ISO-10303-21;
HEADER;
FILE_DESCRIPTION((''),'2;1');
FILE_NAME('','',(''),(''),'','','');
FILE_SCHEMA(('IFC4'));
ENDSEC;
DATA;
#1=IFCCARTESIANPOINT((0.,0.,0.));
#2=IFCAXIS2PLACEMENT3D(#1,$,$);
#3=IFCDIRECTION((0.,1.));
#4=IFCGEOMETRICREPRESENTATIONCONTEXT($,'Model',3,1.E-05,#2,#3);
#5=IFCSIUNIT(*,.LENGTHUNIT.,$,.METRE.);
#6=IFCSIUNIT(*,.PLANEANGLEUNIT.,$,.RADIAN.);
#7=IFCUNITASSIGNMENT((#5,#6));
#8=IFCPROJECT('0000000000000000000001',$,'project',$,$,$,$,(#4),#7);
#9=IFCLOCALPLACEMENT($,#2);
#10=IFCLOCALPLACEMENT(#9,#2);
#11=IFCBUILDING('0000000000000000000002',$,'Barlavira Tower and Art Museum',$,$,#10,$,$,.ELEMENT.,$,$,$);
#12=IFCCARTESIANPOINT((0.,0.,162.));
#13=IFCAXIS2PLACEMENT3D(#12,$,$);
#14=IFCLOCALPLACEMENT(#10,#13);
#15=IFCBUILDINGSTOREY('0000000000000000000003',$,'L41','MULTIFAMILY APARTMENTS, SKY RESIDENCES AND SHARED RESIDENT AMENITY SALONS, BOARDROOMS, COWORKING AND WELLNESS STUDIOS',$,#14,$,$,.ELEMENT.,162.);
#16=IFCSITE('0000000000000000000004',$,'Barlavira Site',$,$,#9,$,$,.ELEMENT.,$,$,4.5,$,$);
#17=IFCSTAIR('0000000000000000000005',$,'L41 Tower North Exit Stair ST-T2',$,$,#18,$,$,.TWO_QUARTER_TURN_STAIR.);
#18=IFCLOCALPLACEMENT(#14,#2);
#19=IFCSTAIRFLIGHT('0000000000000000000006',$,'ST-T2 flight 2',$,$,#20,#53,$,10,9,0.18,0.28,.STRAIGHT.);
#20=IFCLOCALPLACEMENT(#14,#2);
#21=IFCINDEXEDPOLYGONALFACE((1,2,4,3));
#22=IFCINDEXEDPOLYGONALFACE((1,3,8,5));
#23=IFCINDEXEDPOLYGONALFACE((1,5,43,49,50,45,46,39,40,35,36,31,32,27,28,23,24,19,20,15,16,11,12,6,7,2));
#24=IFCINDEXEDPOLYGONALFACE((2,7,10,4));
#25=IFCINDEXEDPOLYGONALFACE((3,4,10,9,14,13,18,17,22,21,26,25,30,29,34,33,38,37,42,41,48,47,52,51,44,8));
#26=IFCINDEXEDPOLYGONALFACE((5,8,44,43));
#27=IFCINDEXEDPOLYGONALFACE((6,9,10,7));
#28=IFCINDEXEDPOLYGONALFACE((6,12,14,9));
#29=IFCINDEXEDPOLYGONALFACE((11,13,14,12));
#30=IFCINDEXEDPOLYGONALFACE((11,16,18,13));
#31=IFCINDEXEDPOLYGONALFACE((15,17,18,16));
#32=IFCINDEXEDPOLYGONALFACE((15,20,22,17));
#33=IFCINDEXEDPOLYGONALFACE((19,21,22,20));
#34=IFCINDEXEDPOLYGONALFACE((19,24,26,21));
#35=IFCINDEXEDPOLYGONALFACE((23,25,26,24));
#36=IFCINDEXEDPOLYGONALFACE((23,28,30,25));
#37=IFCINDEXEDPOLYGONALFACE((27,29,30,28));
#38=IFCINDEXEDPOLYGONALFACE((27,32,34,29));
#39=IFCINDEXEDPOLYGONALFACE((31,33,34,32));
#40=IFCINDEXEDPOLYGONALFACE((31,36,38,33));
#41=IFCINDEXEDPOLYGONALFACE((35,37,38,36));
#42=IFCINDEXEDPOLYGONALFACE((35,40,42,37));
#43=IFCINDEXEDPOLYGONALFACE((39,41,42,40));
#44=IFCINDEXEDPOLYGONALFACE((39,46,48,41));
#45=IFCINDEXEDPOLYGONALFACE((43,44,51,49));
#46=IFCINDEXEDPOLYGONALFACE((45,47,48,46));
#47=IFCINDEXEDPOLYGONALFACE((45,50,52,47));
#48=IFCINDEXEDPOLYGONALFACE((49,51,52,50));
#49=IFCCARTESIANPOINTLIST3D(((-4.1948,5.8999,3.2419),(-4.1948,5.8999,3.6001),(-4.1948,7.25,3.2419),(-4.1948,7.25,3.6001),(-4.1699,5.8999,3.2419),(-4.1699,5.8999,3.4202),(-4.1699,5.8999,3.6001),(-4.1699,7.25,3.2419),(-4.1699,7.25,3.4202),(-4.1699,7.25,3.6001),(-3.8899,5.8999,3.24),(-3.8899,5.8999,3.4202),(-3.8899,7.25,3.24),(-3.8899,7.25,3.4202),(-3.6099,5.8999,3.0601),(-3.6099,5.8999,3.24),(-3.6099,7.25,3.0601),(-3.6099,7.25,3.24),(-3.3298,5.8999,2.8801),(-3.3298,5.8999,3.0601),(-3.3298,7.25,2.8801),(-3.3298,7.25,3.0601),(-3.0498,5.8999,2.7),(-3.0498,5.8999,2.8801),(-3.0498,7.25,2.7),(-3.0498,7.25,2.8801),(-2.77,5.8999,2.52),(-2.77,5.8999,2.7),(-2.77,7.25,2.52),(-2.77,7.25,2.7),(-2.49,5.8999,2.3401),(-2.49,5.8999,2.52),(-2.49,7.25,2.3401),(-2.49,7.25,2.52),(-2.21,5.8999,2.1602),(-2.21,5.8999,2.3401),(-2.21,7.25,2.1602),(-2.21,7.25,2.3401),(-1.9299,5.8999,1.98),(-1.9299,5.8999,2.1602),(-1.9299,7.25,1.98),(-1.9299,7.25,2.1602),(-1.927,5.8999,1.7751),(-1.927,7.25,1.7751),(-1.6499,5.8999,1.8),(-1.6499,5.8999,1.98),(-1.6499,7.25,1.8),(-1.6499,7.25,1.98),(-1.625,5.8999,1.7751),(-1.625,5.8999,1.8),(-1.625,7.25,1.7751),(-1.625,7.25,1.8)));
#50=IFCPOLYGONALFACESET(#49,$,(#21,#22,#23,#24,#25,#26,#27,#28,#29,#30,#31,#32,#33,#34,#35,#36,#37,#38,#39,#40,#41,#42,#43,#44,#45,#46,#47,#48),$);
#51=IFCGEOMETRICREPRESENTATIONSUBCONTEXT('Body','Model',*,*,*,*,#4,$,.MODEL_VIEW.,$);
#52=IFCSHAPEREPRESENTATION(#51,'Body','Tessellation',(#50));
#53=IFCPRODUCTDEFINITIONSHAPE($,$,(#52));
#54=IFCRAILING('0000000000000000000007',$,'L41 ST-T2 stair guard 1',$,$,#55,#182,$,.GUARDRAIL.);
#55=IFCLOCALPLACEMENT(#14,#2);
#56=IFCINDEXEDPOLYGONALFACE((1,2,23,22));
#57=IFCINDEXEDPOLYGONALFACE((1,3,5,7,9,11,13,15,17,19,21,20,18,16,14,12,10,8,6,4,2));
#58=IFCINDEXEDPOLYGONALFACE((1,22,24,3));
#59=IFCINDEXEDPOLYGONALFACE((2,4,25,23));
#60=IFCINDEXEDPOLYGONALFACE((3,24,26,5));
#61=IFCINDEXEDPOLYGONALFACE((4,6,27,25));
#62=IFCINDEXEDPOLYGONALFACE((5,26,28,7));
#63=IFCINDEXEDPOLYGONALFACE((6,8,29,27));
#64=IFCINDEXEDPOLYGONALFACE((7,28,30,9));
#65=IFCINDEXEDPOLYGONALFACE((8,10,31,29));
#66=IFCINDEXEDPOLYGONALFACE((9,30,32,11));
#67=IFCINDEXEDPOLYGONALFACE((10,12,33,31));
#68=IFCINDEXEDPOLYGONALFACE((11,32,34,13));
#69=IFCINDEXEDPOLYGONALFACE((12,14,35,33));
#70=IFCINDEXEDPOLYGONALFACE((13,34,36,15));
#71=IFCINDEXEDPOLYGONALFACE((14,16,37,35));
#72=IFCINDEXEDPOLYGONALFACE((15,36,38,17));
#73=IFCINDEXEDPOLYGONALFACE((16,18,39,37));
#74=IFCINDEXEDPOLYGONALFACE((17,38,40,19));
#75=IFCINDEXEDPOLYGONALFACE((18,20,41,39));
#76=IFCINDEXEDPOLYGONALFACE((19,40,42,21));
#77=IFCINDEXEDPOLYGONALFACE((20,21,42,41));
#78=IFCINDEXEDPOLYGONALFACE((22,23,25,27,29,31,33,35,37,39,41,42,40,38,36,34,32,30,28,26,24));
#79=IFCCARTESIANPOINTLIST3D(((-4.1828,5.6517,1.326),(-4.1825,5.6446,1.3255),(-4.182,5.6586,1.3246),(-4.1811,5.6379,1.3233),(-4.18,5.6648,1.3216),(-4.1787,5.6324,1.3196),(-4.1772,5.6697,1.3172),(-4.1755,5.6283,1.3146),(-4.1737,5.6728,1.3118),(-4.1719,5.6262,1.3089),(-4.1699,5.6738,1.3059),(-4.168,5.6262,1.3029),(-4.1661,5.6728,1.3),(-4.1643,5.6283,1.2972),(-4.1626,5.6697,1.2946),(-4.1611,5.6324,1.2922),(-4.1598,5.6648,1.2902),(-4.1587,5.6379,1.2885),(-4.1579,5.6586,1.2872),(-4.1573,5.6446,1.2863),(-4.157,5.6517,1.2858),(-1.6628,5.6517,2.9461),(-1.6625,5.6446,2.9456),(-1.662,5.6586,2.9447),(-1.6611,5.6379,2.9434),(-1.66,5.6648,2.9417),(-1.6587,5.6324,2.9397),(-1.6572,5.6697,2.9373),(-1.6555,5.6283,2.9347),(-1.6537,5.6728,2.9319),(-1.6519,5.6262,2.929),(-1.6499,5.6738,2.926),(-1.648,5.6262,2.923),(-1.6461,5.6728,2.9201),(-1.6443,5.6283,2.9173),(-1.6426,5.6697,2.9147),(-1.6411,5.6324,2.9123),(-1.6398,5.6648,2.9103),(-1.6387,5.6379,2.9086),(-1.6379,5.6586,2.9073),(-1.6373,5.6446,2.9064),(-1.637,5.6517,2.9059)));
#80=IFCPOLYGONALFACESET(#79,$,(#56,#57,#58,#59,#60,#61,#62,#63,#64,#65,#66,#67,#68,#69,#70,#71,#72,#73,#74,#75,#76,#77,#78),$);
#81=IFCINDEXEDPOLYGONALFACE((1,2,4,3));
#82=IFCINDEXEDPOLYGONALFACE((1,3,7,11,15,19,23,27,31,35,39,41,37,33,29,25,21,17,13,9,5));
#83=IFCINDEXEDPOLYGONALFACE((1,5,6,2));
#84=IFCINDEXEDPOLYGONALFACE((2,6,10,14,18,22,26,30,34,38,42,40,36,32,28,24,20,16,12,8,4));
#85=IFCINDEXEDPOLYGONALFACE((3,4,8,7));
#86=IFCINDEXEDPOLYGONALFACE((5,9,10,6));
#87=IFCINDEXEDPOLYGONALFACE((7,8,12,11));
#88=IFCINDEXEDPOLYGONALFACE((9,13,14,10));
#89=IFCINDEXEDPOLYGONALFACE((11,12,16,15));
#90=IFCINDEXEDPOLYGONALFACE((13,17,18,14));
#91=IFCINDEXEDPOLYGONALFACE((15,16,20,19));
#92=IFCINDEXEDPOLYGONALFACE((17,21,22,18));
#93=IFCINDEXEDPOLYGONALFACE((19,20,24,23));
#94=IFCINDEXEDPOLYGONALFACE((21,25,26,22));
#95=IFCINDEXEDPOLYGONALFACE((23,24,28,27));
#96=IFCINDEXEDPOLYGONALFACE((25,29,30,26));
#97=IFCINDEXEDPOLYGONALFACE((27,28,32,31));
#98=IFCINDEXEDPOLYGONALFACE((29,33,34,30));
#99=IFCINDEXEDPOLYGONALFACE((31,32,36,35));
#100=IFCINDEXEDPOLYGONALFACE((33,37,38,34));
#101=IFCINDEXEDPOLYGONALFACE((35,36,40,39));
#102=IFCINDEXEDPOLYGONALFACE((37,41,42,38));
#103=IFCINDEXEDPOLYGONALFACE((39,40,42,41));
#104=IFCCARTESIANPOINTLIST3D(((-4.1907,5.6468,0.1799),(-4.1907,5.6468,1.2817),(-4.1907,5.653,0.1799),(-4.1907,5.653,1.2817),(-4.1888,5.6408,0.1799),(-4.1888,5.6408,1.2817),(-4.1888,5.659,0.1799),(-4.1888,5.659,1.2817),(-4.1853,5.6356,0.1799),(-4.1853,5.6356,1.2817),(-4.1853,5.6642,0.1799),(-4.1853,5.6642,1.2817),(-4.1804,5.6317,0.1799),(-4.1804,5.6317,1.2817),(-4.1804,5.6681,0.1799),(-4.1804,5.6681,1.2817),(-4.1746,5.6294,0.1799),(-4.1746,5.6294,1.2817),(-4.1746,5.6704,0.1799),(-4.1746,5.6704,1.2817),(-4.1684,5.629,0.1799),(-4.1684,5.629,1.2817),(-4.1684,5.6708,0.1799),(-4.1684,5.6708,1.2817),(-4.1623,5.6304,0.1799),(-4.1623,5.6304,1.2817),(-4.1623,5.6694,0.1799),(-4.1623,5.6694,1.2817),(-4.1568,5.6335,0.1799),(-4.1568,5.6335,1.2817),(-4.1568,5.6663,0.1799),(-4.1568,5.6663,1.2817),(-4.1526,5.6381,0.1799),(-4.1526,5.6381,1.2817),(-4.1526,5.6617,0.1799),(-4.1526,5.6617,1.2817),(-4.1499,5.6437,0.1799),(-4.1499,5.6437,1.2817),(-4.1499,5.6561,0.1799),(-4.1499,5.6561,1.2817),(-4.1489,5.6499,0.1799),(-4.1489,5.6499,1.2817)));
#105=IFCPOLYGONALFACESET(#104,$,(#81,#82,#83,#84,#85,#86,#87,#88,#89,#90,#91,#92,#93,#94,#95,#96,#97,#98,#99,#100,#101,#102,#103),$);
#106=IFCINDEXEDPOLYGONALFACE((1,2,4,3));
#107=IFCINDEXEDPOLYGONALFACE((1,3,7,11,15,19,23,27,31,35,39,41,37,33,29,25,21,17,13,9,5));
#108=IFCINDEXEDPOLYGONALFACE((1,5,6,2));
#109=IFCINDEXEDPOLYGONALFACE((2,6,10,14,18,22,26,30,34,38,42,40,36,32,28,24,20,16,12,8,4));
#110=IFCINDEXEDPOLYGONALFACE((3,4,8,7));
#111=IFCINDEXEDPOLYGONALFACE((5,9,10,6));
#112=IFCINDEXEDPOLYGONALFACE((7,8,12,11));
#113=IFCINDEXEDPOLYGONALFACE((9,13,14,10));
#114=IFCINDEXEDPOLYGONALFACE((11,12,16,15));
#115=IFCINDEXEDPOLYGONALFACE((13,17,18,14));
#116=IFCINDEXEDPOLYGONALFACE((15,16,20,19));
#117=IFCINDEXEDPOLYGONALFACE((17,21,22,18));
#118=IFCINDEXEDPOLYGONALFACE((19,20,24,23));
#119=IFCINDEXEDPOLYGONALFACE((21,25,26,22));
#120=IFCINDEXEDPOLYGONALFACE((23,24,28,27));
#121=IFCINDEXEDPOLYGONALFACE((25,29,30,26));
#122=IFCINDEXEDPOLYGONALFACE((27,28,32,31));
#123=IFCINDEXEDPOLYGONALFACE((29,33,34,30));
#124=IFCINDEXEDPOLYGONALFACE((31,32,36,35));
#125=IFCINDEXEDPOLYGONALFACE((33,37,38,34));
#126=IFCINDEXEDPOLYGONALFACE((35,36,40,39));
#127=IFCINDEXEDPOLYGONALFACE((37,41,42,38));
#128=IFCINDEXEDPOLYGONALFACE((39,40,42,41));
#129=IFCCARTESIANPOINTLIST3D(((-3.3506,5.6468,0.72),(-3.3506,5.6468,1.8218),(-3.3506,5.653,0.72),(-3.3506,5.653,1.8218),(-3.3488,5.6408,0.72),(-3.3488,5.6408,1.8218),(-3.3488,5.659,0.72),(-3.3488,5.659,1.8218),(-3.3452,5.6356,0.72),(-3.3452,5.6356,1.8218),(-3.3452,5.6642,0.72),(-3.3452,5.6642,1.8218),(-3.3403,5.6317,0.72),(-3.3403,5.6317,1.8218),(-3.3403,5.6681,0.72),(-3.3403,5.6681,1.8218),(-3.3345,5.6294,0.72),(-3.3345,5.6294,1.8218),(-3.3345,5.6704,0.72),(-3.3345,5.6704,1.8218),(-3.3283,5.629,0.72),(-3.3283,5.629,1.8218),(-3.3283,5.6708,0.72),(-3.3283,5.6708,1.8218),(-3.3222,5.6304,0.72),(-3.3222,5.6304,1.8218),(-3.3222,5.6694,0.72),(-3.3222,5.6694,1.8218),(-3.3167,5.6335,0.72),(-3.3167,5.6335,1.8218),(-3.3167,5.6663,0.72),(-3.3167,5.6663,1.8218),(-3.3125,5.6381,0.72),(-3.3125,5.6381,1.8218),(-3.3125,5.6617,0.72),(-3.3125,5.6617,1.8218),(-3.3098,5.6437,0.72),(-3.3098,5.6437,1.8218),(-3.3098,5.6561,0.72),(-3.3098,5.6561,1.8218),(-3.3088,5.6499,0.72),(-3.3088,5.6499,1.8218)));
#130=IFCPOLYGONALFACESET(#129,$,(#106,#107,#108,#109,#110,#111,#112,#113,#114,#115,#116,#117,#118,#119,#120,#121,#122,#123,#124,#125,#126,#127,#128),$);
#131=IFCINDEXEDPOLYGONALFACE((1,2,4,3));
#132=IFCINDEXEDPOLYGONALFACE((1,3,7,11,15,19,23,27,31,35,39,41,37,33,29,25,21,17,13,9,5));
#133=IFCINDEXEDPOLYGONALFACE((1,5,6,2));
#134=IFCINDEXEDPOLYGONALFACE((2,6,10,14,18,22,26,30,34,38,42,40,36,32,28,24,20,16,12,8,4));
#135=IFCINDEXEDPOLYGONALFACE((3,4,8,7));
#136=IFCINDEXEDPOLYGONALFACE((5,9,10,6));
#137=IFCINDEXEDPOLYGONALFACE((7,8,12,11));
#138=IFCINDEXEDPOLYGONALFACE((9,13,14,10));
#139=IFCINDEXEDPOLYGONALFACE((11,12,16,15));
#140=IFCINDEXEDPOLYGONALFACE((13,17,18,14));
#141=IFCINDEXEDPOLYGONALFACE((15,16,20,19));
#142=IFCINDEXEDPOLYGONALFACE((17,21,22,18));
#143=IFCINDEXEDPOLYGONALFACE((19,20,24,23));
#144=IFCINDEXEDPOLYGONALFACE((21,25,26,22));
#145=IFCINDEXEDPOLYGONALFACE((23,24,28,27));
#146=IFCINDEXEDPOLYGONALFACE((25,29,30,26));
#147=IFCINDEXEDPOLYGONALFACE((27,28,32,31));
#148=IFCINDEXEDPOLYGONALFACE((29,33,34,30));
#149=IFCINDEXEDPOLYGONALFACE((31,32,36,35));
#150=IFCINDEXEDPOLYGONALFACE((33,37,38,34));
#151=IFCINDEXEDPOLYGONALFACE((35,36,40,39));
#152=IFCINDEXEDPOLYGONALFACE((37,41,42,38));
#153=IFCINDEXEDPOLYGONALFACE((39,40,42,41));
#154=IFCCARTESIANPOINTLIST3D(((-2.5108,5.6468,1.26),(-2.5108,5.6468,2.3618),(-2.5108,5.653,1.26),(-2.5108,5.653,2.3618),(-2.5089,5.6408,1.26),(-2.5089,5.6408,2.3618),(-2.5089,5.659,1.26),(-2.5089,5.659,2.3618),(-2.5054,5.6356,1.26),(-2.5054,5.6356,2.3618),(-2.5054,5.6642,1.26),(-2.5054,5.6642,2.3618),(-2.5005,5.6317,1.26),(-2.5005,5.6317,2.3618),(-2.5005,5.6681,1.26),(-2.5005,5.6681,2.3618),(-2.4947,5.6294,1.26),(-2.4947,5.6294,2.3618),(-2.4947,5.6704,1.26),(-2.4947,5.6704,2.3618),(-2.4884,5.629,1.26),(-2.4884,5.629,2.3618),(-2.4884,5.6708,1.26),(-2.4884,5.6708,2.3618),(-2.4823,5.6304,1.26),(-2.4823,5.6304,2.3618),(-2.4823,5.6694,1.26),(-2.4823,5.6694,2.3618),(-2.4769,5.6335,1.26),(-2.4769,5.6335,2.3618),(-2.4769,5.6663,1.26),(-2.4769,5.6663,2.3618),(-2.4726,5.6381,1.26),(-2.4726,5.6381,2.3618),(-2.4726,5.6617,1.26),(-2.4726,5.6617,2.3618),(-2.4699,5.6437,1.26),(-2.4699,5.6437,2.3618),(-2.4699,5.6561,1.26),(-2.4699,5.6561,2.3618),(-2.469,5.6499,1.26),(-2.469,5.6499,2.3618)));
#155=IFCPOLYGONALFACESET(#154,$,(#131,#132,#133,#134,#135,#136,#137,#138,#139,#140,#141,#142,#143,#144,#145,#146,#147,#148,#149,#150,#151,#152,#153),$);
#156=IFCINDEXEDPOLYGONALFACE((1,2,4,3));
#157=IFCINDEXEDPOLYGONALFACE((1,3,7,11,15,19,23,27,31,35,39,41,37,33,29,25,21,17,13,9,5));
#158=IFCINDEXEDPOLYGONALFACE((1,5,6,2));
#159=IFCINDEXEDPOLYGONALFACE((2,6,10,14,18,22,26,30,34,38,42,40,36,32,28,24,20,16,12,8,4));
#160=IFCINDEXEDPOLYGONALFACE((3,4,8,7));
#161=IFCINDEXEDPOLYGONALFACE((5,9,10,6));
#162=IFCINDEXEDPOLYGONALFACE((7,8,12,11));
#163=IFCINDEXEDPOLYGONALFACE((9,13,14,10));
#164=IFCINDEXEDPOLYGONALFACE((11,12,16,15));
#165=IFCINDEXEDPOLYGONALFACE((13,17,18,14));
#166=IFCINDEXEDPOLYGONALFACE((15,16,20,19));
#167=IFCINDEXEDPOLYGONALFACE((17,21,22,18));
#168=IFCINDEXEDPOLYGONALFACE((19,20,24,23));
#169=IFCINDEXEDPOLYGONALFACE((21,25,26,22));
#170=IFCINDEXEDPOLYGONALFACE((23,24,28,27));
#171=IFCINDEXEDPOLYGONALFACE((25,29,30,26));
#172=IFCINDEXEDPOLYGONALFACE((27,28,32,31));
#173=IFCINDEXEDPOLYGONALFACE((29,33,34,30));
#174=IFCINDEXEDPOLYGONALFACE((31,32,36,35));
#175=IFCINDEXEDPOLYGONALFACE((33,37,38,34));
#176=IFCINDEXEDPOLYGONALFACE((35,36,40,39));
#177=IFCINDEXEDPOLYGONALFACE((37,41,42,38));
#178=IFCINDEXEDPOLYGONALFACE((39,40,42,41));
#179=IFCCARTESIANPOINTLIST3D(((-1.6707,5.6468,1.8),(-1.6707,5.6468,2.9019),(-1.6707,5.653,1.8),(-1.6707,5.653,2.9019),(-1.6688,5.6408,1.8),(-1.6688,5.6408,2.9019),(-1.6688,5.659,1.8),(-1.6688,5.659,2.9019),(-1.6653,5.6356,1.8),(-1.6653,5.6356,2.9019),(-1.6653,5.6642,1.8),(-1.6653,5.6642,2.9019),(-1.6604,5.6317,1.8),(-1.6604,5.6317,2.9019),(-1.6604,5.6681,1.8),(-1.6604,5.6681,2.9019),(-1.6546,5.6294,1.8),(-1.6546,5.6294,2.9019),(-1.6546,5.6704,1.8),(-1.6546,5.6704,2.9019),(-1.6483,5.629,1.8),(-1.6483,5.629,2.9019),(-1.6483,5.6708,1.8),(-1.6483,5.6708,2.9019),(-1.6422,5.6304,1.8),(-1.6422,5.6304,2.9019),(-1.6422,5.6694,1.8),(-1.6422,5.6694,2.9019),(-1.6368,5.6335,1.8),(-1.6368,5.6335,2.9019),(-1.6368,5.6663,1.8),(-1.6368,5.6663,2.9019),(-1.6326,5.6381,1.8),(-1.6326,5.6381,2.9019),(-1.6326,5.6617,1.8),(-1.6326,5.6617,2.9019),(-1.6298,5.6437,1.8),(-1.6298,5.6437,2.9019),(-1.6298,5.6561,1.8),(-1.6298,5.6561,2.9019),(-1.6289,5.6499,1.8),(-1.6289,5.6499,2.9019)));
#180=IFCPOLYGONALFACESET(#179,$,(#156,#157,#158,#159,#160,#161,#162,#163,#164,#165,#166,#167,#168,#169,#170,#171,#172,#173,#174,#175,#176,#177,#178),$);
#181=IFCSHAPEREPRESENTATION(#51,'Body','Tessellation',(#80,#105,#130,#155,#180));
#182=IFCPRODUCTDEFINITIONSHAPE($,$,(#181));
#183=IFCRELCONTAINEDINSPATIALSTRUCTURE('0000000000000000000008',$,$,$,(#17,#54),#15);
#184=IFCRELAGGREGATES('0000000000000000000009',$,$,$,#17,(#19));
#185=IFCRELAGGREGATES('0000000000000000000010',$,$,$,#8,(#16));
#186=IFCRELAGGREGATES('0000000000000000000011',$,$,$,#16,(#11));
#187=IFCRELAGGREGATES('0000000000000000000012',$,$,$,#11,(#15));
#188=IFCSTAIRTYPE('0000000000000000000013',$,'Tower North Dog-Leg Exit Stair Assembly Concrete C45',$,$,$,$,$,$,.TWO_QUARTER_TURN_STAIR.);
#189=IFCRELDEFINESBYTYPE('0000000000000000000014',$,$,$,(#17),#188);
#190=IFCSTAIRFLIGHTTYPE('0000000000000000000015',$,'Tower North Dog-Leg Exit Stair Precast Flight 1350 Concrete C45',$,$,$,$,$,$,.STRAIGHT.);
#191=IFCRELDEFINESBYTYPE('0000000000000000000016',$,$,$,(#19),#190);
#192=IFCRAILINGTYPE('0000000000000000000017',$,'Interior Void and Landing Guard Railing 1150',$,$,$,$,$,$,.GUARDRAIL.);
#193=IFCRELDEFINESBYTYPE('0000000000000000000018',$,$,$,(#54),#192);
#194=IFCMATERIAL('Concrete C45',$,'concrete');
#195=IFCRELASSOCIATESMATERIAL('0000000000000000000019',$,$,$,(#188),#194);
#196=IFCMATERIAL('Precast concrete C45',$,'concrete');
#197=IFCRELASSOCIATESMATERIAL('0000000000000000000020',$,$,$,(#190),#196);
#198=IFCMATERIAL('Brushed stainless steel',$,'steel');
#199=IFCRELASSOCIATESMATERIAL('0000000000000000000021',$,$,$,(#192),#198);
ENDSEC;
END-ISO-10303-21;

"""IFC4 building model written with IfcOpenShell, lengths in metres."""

from ifc_helpers import new_model, si_unit, direction, frame, origin, origin_2d, place, context, subcontext, project, spatial, polyline, circle, outline, extrude, material, type_object, element, aggregate, save


model = new_model("IFC4")

# Units and contexts
model_context = context("Model", 3, precision=1e-05, world=origin(), true_north=direction((0.0, 1.0)))
body_context = subcontext(model_context, "Body", "Model", "MODEL_VIEW")
ifc_project = project(units=[si_unit("LENGTHUNIT", "METRE"), si_unit("PLANEANGLEUNIT", "RADIAN")], contexts=[model_context])

# Site, building, storey
site_placement = place(None, origin())
site = spatial("IfcSite", under=ifc_project, at=site_placement, Name="Barlavira Site", CompositionType="ELEMENT", RefElevation=4.5)
building_placement = place(site_placement, origin())
building = spatial("IfcBuilding", under=site, at=building_placement, Name="Barlavira Tower and Art Museum", CompositionType="ELEMENT")
storey_placement = place(building_placement, frame((0.0, 0.0, 162.0)))
storey = spatial("IfcBuildingStorey", under=building, at=storey_placement, Name="L41", Description="MULTIFAMILY APARTMENTS, SKY RESIDENCES AND SHARED RESIDENT AMENITY SALONS, BOARDROOMS, COWORKING AND WELLNESS STUDIOS", CompositionType="ELEMENT", Elevation=162.0)

# Stair
ifc_material_1 = material(Name="Concrete C45", Category="concrete")
stair_type_1 = type_object("IfcStairType", Name="Tower North Dog-Leg Exit Stair Assembly Concrete C45", PredefinedType="TWO_QUARTER_TURN_STAIR", material=ifc_material_1)
stair_1_placement = place(storey_placement, origin())
stair_1 = element("IfcStair", 1, at=stair_1_placement, inside=storey, type_object=stair_type_1, Name="L41 Tower North Exit Stair ST-T2", PredefinedType="TWO_QUARTER_TURN_STAIR")

# Shared definitions
ifc_material_2 = material(Name="Brushed stainless steel", Category="steel")

# Stair flight
ifc_material_3 = material(Name="Precast concrete C45", Category="concrete")
stair_flight_type = type_object("IfcStairFlightType", Name="Tower North Dog-Leg Exit Stair Precast Flight 1350 Concrete C45", PredefinedType="STRAIGHT", material=ifc_material_3)
stair_flight_1_placement = place(storey_placement, frame((-1.6499, 6.575, 1.8), z_axis=(0.0, 0.0, 1.0), x_axis=(-1.0, 0.0, 0.0)))
stair_flight_1 = element("IfcStairFlight", 2, at=stair_flight_1_placement, type_object=stair_flight_type, Name="ST-T2 flight 2", NumberOfRisers=10, NumberOfTreads=9, PredefinedType="STRAIGHT", RiserHeight=0.18, TreadLength=0.28, context=body_context, shape_type="SweptSolid", body=[
    extrude(outline(polyline([(-0.0249, 0.0), (0.0, 0.0), (0.0, 0.1799), (0.28, 0.1799), (0.28, 0.3601), (0.5601, 0.3601), (0.5601, 0.54), (0.8401, 0.54), (0.8401, 0.72), (1.1201, 0.72), (1.1201, 0.8999), (1.3999, 0.8999), (1.3999, 1.0801), (1.6799, 1.0801), (1.6799, 1.26), (1.96, 1.26), (1.96, 1.4399), (2.24, 1.4399), (2.24, 1.6201), (2.52, 1.6201), (2.52, 1.8), (2.5449, 1.8), (2.5449, 1.4419), (2.52, 1.4419), (0.2771, -0.0249), (-0.0249, -0.0249), (-0.0249, 0.0)])), frame((0.0, 0.675, 0.0), z_axis=(0.0, -1.0, 0.0), x_axis=(1.0, 0.0, 0.0)), (0.0, 0.0, 1.0), 1.3501),
])
aggregate(stair_1, [stair_flight_1])

# Railing
railing_type_1 = type_object("IfcRailingType", Name="Interior Void and Landing Guard Railing 1150", PredefinedType="GUARDRAIL", material=ifc_material_2)
railing_1_placement = place(storey_placement, frame((-4.1699, 5.6499, 0.1799)))
element("IfcRailing", 3, at=railing_1_placement, inside=storey, type_object=railing_type_1, Name="L41 ST-T2 stair guard 1", PredefinedType="GUARDRAIL", context=body_context, shape_type="SweptSolid", body=[
    extrude(circle(Radius=0.0239, at=origin_2d()), frame((0.0, 0.0, 1.126), z_axis=(0.841163, 0.0, 0.540782), x_axis=(0.0, 1.0, 0.0)), (0.0, 0.0, 1.0), 2.9958),
    extrude(circle(Radius=0.021, at=origin_2d()), origin(), (0.0, 0.0, 1.0), 1.1018),
    extrude(circle(Radius=0.021, at=origin_2d()), frame((0.8401, 0.0, 0.54)), (0.0, 0.0, 1.0), 1.1018),
    extrude(circle(Radius=0.021, at=origin_2d()), frame((1.6799, 0.0, 1.0801)), (0.0, 0.0, 1.0), 1.1018),
    extrude(circle(Radius=0.021, at=origin_2d()), frame((2.52, 0.0, 1.6201)), (0.0, 0.0, 1.0), 1.1018),
])

save(model, "model.ifc")
